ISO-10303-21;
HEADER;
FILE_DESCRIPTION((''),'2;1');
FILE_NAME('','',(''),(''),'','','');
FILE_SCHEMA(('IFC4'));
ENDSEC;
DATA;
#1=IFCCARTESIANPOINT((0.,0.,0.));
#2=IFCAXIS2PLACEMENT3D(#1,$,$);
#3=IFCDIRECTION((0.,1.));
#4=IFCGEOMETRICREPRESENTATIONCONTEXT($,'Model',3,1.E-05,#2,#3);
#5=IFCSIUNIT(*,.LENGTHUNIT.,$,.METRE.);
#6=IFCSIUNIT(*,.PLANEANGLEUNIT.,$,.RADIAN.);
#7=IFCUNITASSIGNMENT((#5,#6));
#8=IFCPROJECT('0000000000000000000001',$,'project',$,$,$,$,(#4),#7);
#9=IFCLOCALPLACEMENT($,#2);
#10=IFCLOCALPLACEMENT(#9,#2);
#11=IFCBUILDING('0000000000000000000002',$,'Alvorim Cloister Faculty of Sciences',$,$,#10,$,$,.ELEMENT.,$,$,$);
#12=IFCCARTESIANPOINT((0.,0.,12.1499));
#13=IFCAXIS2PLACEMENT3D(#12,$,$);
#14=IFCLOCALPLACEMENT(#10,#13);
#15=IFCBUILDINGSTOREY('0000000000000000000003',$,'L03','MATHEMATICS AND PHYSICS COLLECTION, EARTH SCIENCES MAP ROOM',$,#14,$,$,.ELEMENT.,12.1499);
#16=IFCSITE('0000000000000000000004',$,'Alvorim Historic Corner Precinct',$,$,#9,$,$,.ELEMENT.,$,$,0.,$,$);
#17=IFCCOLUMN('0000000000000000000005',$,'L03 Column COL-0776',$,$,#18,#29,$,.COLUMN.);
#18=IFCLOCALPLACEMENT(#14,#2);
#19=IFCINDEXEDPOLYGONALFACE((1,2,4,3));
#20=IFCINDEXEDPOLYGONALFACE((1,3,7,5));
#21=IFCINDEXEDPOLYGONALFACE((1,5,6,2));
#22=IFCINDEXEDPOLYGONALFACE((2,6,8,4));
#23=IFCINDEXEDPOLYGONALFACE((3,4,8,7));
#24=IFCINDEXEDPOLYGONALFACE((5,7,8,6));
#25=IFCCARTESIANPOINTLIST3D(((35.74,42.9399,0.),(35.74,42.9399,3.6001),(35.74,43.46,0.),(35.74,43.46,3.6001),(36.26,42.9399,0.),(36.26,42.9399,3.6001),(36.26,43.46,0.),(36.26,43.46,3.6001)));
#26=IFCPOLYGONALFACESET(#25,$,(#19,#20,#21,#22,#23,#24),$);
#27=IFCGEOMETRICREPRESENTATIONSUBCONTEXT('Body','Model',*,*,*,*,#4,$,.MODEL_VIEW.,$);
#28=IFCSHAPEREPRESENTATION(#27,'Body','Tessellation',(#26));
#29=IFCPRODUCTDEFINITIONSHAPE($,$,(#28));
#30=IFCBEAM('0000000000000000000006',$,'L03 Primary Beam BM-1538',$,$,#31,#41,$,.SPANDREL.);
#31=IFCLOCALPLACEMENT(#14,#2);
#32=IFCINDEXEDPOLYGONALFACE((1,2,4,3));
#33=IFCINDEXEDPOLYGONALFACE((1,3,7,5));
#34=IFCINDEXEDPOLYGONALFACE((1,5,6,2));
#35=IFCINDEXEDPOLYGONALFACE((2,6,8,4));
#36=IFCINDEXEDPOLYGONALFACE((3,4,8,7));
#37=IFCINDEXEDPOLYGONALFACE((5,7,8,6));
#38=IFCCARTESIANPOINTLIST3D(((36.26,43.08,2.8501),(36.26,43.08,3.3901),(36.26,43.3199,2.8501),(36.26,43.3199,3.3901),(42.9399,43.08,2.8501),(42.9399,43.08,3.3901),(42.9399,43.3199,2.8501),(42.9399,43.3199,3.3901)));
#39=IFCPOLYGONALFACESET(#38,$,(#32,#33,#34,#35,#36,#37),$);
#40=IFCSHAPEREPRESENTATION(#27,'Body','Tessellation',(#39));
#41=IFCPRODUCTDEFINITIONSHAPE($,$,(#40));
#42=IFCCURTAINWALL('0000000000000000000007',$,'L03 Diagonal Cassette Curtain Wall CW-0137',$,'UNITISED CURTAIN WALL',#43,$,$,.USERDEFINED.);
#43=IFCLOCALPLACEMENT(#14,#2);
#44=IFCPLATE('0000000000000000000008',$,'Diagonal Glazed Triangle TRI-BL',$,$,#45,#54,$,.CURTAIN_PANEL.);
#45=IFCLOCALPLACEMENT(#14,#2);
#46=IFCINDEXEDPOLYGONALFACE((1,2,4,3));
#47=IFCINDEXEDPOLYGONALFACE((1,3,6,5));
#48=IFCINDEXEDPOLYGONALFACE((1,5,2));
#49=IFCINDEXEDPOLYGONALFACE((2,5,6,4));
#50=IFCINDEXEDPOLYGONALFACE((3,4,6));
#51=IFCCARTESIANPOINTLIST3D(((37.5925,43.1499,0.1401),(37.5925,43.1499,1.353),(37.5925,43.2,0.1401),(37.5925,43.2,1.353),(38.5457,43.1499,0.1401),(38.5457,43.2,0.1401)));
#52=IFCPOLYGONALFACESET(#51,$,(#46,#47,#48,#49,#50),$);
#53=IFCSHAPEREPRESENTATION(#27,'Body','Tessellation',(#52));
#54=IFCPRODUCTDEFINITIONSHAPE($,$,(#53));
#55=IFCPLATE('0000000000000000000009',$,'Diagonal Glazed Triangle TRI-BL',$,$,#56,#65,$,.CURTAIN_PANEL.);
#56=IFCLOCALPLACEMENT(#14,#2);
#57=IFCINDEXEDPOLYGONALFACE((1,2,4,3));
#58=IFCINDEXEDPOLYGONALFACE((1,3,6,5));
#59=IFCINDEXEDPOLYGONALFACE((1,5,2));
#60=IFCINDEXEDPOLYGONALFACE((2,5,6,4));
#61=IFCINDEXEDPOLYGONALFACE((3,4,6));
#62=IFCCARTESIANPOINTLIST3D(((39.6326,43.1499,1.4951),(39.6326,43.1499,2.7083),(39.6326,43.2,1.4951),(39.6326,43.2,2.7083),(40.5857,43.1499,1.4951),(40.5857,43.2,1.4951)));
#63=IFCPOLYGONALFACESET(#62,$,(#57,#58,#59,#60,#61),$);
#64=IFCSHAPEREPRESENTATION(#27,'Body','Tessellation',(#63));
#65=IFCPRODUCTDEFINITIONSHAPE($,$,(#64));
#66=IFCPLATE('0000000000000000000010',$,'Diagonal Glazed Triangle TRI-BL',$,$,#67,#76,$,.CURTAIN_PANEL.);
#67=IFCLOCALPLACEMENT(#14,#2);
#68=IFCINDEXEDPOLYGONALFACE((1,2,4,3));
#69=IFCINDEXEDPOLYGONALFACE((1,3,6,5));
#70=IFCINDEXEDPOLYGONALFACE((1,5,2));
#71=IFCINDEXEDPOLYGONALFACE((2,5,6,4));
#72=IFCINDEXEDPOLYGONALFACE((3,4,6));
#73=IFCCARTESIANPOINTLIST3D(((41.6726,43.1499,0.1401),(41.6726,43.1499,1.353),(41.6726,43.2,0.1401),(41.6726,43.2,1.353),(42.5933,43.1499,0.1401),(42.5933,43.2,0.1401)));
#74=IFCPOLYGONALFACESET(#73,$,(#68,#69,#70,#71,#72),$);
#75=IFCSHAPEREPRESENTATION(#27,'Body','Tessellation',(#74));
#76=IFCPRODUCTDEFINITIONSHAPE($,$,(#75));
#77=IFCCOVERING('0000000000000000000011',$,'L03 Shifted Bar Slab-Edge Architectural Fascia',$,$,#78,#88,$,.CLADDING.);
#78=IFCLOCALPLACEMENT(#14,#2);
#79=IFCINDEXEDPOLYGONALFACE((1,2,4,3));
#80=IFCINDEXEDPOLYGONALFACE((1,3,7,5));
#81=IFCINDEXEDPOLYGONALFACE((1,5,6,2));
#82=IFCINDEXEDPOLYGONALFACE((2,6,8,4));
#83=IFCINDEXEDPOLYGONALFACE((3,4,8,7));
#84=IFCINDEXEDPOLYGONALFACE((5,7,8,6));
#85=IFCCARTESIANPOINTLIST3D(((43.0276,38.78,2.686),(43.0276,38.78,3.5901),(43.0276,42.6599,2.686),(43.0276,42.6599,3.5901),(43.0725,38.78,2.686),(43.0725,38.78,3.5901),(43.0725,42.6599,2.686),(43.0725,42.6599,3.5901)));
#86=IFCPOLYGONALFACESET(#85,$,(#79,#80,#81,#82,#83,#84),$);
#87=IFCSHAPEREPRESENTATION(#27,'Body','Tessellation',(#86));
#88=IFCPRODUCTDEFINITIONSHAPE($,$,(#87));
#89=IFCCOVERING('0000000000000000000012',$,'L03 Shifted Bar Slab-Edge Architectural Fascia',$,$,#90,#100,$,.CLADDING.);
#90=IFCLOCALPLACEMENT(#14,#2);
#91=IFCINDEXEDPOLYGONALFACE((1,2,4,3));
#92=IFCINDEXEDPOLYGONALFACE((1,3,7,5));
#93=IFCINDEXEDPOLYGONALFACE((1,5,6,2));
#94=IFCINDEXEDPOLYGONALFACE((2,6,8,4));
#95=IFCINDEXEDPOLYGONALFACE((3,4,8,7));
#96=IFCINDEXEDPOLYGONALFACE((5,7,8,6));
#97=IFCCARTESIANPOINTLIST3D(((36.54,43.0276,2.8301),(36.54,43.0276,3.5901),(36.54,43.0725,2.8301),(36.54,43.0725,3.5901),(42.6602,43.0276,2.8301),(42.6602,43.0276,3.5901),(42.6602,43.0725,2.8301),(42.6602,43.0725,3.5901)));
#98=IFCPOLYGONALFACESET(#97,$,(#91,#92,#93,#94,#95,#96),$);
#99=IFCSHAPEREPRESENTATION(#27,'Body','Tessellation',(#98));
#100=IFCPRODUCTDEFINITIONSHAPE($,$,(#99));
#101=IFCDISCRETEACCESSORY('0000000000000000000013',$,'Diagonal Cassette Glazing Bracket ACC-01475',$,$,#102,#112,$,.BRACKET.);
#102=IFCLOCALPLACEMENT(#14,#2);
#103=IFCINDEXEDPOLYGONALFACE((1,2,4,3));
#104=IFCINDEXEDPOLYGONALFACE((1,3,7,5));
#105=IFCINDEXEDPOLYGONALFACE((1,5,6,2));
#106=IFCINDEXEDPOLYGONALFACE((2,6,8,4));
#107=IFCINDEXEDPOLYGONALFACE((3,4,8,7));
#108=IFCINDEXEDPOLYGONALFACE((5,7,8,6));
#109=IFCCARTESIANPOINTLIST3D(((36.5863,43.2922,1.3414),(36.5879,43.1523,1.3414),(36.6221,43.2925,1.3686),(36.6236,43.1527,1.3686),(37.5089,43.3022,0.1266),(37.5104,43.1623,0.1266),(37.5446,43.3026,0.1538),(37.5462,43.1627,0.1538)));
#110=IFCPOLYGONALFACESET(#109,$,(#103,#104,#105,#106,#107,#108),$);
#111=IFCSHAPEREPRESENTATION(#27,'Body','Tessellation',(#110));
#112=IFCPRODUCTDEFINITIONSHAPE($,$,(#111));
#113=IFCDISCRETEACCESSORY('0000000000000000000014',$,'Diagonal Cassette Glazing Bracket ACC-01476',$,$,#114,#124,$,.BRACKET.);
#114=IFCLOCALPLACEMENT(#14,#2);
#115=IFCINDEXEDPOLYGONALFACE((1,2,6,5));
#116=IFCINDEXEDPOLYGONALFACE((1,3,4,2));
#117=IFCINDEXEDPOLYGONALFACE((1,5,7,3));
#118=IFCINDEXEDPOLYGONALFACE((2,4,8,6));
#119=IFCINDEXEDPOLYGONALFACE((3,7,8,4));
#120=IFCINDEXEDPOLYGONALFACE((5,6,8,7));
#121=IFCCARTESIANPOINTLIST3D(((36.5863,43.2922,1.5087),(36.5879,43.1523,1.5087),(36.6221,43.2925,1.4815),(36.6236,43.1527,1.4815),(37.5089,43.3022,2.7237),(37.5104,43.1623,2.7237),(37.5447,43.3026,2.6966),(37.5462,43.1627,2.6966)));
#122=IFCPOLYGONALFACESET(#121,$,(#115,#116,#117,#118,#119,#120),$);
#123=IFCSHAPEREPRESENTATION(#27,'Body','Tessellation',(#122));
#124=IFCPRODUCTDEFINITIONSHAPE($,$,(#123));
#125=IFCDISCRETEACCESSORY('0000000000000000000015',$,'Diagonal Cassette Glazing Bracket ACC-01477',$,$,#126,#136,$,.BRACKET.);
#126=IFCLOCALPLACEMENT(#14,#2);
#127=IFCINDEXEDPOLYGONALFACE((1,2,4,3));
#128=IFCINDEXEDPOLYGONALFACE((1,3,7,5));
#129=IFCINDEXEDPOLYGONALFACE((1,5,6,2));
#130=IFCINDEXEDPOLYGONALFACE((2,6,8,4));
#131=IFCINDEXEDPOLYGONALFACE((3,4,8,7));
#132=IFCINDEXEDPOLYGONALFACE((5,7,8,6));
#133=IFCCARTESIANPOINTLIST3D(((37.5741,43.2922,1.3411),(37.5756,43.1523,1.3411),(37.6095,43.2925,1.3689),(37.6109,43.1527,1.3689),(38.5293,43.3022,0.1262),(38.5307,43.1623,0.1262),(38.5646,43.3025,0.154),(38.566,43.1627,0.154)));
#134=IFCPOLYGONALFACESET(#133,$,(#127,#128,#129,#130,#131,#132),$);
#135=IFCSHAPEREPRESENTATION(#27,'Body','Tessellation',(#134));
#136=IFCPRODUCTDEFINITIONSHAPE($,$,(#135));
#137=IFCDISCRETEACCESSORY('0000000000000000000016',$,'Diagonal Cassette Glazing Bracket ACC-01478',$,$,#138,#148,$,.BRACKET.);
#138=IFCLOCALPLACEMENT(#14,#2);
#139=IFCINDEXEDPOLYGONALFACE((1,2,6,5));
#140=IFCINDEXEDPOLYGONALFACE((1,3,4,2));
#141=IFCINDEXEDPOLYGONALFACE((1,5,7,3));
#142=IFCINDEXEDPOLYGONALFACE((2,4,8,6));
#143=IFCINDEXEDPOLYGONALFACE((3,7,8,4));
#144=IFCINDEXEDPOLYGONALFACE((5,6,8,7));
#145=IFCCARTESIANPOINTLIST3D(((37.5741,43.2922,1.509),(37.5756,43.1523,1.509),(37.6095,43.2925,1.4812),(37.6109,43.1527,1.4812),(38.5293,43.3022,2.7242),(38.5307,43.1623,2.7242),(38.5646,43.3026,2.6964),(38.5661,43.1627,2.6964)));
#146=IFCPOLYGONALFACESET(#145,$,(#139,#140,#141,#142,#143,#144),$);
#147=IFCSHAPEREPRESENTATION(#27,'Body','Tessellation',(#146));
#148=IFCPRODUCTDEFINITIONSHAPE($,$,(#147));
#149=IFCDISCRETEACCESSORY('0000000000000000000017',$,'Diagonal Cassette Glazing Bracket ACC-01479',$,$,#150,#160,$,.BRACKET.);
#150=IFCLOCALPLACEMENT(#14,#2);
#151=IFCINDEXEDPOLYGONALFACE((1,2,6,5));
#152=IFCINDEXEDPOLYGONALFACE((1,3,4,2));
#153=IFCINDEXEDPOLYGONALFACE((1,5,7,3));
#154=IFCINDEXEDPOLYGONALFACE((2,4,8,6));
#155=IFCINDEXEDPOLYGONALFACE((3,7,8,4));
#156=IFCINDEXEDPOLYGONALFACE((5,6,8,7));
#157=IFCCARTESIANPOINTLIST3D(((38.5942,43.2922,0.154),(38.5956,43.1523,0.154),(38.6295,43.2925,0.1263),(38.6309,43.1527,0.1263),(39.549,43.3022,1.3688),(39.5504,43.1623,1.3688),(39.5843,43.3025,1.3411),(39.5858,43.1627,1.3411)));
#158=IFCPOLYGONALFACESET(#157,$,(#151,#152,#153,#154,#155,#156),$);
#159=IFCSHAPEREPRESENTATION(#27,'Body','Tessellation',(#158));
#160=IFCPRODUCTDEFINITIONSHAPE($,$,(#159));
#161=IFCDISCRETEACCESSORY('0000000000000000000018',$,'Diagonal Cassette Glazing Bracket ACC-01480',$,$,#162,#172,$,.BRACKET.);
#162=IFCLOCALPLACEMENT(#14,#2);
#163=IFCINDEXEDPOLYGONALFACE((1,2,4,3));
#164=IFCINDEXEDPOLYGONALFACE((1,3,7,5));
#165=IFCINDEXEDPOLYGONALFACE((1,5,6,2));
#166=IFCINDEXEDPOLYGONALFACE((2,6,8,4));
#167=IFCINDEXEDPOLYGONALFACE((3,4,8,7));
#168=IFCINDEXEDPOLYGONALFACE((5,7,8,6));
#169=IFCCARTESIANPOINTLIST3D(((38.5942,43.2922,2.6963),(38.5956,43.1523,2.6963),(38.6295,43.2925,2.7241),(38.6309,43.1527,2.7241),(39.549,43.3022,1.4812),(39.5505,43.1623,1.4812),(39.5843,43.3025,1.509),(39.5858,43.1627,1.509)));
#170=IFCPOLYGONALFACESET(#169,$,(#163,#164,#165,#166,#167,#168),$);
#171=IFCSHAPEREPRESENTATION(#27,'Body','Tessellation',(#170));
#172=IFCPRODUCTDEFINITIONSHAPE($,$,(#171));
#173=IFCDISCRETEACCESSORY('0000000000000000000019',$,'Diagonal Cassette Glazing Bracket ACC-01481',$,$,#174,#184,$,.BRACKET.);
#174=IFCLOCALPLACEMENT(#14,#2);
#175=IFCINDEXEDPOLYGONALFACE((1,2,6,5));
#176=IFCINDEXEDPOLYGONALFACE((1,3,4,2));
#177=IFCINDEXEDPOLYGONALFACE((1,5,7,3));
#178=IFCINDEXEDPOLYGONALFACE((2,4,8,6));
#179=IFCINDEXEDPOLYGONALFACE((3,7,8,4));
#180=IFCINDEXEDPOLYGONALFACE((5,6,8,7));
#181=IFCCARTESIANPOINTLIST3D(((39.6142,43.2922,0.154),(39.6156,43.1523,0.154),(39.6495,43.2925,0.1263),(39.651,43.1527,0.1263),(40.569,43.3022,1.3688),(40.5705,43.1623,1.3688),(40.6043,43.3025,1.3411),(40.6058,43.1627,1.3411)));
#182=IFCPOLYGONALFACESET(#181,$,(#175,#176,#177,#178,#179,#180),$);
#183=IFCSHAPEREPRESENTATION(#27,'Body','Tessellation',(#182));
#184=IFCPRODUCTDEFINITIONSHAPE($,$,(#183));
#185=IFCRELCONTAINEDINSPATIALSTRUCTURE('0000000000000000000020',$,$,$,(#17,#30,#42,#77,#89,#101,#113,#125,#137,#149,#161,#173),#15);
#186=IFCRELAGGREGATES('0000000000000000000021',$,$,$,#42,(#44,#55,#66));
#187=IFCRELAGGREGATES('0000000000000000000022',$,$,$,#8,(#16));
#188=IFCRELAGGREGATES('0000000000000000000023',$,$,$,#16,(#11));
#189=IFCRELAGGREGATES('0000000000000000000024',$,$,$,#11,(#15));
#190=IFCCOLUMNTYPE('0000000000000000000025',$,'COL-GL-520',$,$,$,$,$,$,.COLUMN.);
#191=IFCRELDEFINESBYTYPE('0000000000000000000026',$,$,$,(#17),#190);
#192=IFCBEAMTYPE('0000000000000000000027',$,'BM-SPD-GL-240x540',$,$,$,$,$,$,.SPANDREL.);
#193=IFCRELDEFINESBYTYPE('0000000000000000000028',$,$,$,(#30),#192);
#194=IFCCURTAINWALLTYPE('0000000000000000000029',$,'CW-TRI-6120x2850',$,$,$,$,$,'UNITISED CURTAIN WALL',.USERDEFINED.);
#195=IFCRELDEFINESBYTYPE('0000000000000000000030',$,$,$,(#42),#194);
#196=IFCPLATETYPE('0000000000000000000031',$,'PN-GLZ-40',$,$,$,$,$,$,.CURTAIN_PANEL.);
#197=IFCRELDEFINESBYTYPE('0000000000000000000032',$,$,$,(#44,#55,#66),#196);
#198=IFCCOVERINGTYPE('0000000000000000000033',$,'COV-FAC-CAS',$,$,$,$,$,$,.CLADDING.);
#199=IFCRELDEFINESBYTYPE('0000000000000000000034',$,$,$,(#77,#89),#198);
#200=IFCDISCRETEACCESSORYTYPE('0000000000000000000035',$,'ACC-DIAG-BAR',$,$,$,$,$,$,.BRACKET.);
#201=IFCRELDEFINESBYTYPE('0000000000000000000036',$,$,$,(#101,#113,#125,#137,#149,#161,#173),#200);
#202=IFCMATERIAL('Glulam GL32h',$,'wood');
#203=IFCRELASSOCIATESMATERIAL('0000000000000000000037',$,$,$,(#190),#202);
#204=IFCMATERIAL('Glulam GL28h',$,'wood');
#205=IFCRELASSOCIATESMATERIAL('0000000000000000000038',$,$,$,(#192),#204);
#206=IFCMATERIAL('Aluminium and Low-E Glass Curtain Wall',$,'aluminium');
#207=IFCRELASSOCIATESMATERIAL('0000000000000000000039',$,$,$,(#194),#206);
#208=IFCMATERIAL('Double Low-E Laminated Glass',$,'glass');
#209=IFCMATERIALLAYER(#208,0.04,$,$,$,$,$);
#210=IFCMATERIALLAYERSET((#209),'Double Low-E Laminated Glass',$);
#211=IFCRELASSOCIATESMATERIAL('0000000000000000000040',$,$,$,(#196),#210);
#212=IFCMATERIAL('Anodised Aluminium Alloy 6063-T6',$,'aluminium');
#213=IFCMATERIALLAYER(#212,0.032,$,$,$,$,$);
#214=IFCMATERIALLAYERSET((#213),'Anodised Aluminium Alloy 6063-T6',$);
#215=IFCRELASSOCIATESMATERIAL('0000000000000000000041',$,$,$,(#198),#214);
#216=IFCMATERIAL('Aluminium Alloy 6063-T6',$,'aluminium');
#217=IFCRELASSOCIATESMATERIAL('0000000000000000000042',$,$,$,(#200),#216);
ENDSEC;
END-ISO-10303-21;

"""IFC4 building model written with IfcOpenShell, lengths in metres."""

from ifc_helpers import new_model, si_unit, direction, frame, origin, origin_2d, place, context, subcontext, project, spatial, polyline, rectangle, outline, extrude, material, layer, layer_set, material_profile, profile_set, type_object, element, aggregate, save


model = new_model("IFC4")

# Units and contexts
model_context = context("Model", 3, precision=1e-05, world=origin(), true_north=direction((0.0, 1.0)))
body_context = subcontext(model_context, "Body", "Model", "MODEL_VIEW")
ifc_project = project(units=[si_unit("LENGTHUNIT", "METRE"), si_unit("PLANEANGLEUNIT", "RADIAN")], contexts=[model_context])

# Site, building, storey
site_placement = place(None, origin())
site = spatial("IfcSite", under=ifc_project, at=site_placement, Name="Alvorim Historic Corner Precinct", CompositionType="ELEMENT", RefElevation=0.0)
building_placement = place(site_placement, origin())
building = spatial("IfcBuilding", under=site, at=building_placement, Name="Alvorim Cloister Faculty of Sciences", CompositionType="ELEMENT")
storey_placement = place(building_placement, frame((0.0, 0.0, 12.1499)))
storey = spatial("IfcBuildingStorey", under=building, at=storey_placement, Name="L03", Description="MATHEMATICS AND PHYSICS COLLECTION, EARTH SCIENCES MAP ROOM", CompositionType="ELEMENT", Elevation=12.1499)

# Column
ifc_material_1 = material(Name="Glulam GL32h", Category="wood")
ifc_material_profile_1 = material_profile(ifc_material_1, rectangle(XDim=0.52, YDim=0.52, at=origin_2d()), Name="GL32-COL-520x520")
ifc_profile_set_1 = profile_set([ifc_material_profile_1], Name="Glulam GL32h")
column_type = type_object("IfcColumnType", Name="COL-GL-520", PredefinedType="COLUMN", material=ifc_profile_set_1)
column_placement = place(storey_placement, frame((36.0, 43.2, 0.0), z_axis=(0.0, 0.0, 1.0), x_axis=(1.0, 0.0, 0.0)))
element("IfcColumn", 1, at=column_placement, inside=storey, type_object=column_type, Name="L03 Column COL-0776", PredefinedType="COLUMN", context=body_context, shape_type="SweptSolid", body=[
    extrude(rectangle(XDim=0.52, YDim=0.52, at=origin_2d()), origin(), (0.0, 0.0, 1.0), 3.6001),
])

# Beam
ifc_material_2 = material(Name="Glulam GL28h", Category="wood")
ifc_material_profile_2 = material_profile(ifc_material_2, rectangle(XDim=0.24, YDim=0.54, at=origin_2d()), Name="GL28-SPD-240x540")
ifc_profile_set_2 = profile_set([ifc_material_profile_2], Name="Glulam GL28h")
beam_type = type_object("IfcBeamType", Name="BM-SPD-GL-240x540", PredefinedType="SPANDREL", material=ifc_profile_set_2)
beam_placement = place(storey_placement, frame((36.26, 43.2, 3.1201), z_axis=(1.0, 0.0, 0.0), x_axis=(0.0, 1.0, 0.0)))
element("IfcBeam", 2, at=beam_placement, inside=storey, type_object=beam_type, Name="L03 Primary Beam BM-1538", PredefinedType="SPANDREL", context=body_context, shape_type="SweptSolid", body=[
    extrude(rectangle(XDim=0.24, YDim=0.54, at=origin_2d()), origin(), (0.0, 0.0, 1.0), 6.6799),
])

# Curtain wall, plates
ifc_material_3 = material(Name="Aluminium and Low-E Glass Curtain Wall", Category="aluminium")
curtain_wall_type = type_object("IfcCurtainWallType", Name="CW-TRI-6120x2850", ElementType="UNITISED CURTAIN WALL", PredefinedType="USERDEFINED", material=ifc_material_3)
curtain_wall_placement = place(storey_placement, origin())
curtain_wall = element("IfcCurtainWall", 3, at=curtain_wall_placement, inside=storey, type_object=curtain_wall_type, Name="L03 Diagonal Cassette Curtain Wall CW-0137", ObjectType="UNITISED CURTAIN WALL", PredefinedType="USERDEFINED")
ifc_material_4 = material(Name="Double Low-E Laminated Glass", Category="glass")
ifc_layer_1 = layer(ifc_material_4, 0.04)
ifc_layer_set_1 = layer_set([ifc_layer_1], Name="Double Low-E Laminated Glass")
plate_type = type_object("IfcPlateType", Name="PN-GLZ-40", PredefinedType="CURTAIN_PANEL", material=ifc_layer_set_1)
plate_1_placement = place(storey_placement, frame((37.5925, 43.175, 0.1401), z_axis=(0.0, 0.0, 1.0), x_axis=(1.0, 0.0, 0.0)))
plate_1 = element("IfcPlate", 4, at=plate_1_placement, type_object=plate_type, Name="Diagonal Glazed Triangle TRI-BL", PredefinedType="CURTAIN_PANEL", context=body_context, shape_type="SweptSolid", body=[
    extrude(outline(polyline([(0.0, 0.0), (0.9531, 0.0), (0.0, 1.2129), (0.0, 0.0)])), frame((0.0, 0.0249, 0.0), z_axis=(0.0, -1.0, 0.0), x_axis=(1.0, 0.0, 0.0)), (0.0, 0.0, 1.0), 0.05),
])
plate_2_placement = place(storey_placement, frame((39.6326, 43.175, 1.4951), z_axis=(0.0, 0.0, 1.0), x_axis=(1.0, 0.0, 0.0)))
plate_2 = element("IfcPlate", 5, at=plate_2_placement, type_object=plate_type, Name="Diagonal Glazed Triangle TRI-BL", PredefinedType="CURTAIN_PANEL", context=body_context, shape_type="SweptSolid", body=[
    extrude(outline(polyline([(0.0, 0.0), (0.9531, 0.0), (0.0, 1.2131), (0.0, 0.0)])), frame((0.0, 0.0249, 0.0), z_axis=(0.0, -1.0, 0.0), x_axis=(1.0, 0.0, 0.0)), (0.0, 0.0, 1.0), 0.05),
])
plate_3_placement = place(storey_placement, frame((41.6726, 43.175, 0.1401), z_axis=(0.0, 0.0, 1.0), x_axis=(1.0, 0.0, 0.0)))
plate_3 = element("IfcPlate", 6, at=plate_3_placement, type_object=plate_type, Name="Diagonal Glazed Triangle TRI-BL", PredefinedType="CURTAIN_PANEL", context=body_context, shape_type="SweptSolid", body=[
    extrude(outline(polyline([(0.0, 0.0), (0.9207, 0.0), (0.0, 1.2129), (0.0, 0.0)])), frame((0.0, 0.0249, 0.0), z_axis=(0.0, -1.0, 0.0), x_axis=(1.0, 0.0, 0.0)), (0.0, 0.0, 1.0), 0.05),
])
aggregate(curtain_wall, [plate_1, plate_2, plate_3])

# Coverings
ifc_material_5 = material(Name="Anodised Aluminium Alloy 6063-T6", Category="aluminium")
ifc_layer_2 = layer(ifc_material_5, 0.032)
ifc_layer_set_2 = layer_set([ifc_layer_2], Name="Anodised Aluminium Alloy 6063-T6")
covering_type = type_object("IfcCoveringType", Name="COV-FAC-CAS", PredefinedType="CLADDING", material=ifc_layer_set_2)
covering_1_placement = place(storey_placement, frame((43.05, 38.78, 2.686), z_axis=(0.0, 0.0, 1.0), x_axis=(0.0, 1.0, 0.0)))
element("IfcCovering", 7, at=covering_1_placement, inside=storey, type_object=covering_type, Name="L03 Shifted Bar Slab-Edge Architectural Fascia", PredefinedType="CLADDING", context=body_context, shape_type="SweptSolid", body=[
    extrude(outline(polyline([(0.0, 0.0), (3.8799, 0.0), (3.8799, 0.9041), (0.0, 0.9041), (0.0, 0.0)])), frame((0.0, 0.0225, 0.0), z_axis=(0.0, -1.0, 0.0), x_axis=(1.0, 0.0, 0.0)), (0.0, 0.0, 1.0), 0.0449),
])
covering_2_placement = place(storey_placement, frame((36.54, 43.05, 2.8301), z_axis=(0.0, 0.0, 1.0), x_axis=(1.0, 0.0, 0.0)))
element("IfcCovering", 8, at=covering_2_placement, inside=storey, type_object=covering_type, Name="L03 Shifted Bar Slab-Edge Architectural Fascia", PredefinedType="CLADDING", context=body_context, shape_type="SweptSolid", body=[
    extrude(outline(polyline([(0.0, 0.0), (6.1201, 0.0), (6.1201, 0.76), (0.0, 0.76), (0.0, 0.0)])), frame((0.0, 0.0225, 0.0), z_axis=(0.0, -1.0, 0.0), x_axis=(1.0, 0.0, 0.0)), (0.0, 0.0, 1.0), 0.0449),
])

# Discrete accessories
ifc_material_6 = material(Name="Aluminium Alloy 6063-T6", Category="aluminium")
discrete_accessory_type = type_object("IfcDiscreteAccessoryType", Name="ACC-DIAG-BAR", PredefinedType="BRACKET", material=ifc_material_6)
discrete_accessory_1_placement = place(storey_placement, frame((36.605, 43.2224, 1.355), z_axis=(0.60479, 0.006562, -0.796358), x_axis=(-0.010849, 0.999941, 0.0)))
element("IfcDiscreteAccessory", 9, at=discrete_accessory_1_placement, inside=storey, type_object=discrete_accessory_type, Name="Diagonal Cassette Glazing Bracket ACC-01475", PredefinedType="BRACKET", context=body_context, shape_type="SweptSolid", body=[
    extrude(rectangle(XDim=0.1399, YDim=0.0449, at=origin_2d()), origin(), (0.0, 0.0, 1.0), 1.5254),
])
discrete_accessory_2_placement = place(storey_placement, frame((36.605, 43.2224, 1.4951), z_axis=(0.604713, 0.006561, 0.796416), x_axis=(-0.010849, 0.999941, 0.0)))
element("IfcDiscreteAccessory", 10, at=discrete_accessory_2_placement, inside=storey, type_object=discrete_accessory_type, Name="Diagonal Cassette Glazing Bracket ACC-01476", PredefinedType="BRACKET", context=body_context, shape_type="SweptSolid", body=[
    extrude(rectangle(XDim=0.1399, YDim=0.0449, at=origin_2d()), origin(), (0.0, 0.0, 1.0), 1.5256),
])
discrete_accessory_3_placement = place(storey_placement, frame((37.5925, 43.2224, 1.355), z_axis=(0.618032, 0.006477, -0.786126), x_axis=(-0.01048, 0.999945, 0.0)))
element("IfcDiscreteAccessory", 11, at=discrete_accessory_3_placement, inside=storey, type_object=discrete_accessory_type, Name="Diagonal Cassette Glazing Bracket ACC-01477", PredefinedType="BRACKET", context=body_context, shape_type="SweptSolid", body=[
    extrude(rectangle(XDim=0.1399, YDim=0.0449, at=origin_2d()), origin(), (0.0, 0.0, 1.0), 1.5454),
])
discrete_accessory_4_placement = place(storey_placement, frame((37.5925, 43.2224, 1.4951), z_axis=(0.617955, 0.006477, 0.786187), x_axis=(-0.01048, 0.999945, 0.0)))
element("IfcDiscreteAccessory", 12, at=discrete_accessory_4_placement, inside=storey, type_object=discrete_accessory_type, Name="Diagonal Cassette Glazing Bracket ACC-01478", PredefinedType="BRACKET", context=body_context, shape_type="SweptSolid", body=[
    extrude(rectangle(XDim=0.1399, YDim=0.0449, at=origin_2d()), origin(), (0.0, 0.0, 1.0), 1.5457),
])
discrete_accessory_5_placement = place(storey_placement, frame((38.6125, 43.2224, 0.1401), z_axis=(0.617934, 0.006478, 0.786203), x_axis=(-0.010483, 0.999945, 0.0)))
element("IfcDiscreteAccessory", 13, at=discrete_accessory_5_placement, inside=storey, type_object=discrete_accessory_type, Name="Diagonal Cassette Glazing Bracket ACC-01479", PredefinedType="BRACKET", context=body_context, shape_type="SweptSolid", body=[
    extrude(rectangle(XDim=0.1399, YDim=0.0449, at=origin_2d()), origin(), (0.0, 0.0, 1.0), 1.5452),
])
discrete_accessory_6_placement = place(storey_placement, frame((38.6125, 43.2224, 2.7102), z_axis=(0.617857, 0.006477, -0.786263), x_axis=(-0.010483, 0.999945, 0.0)))
element("IfcDiscreteAccessory", 14, at=discrete_accessory_6_placement, inside=storey, type_object=discrete_accessory_type, Name="Diagonal Cassette Glazing Bracket ACC-01480", PredefinedType="BRACKET", context=body_context, shape_type="SweptSolid", body=[
    extrude(rectangle(XDim=0.1399, YDim=0.0449, at=origin_2d()), origin(), (0.0, 0.0, 1.0), 1.5454),
])
discrete_accessory_7_placement = place(storey_placement, frame((39.6326, 43.2224, 0.1401), z_axis=(0.617934, 0.006478, 0.786203), x_axis=(-0.010483, 0.999945, 0.0)))
element("IfcDiscreteAccessory", 15, at=discrete_accessory_7_placement, inside=storey, type_object=discrete_accessory_type, Name="Diagonal Cassette Glazing Bracket ACC-01481", PredefinedType="BRACKET", context=body_context, shape_type="SweptSolid", body=[
    extrude(rectangle(XDim=0.1399, YDim=0.0449, at=origin_2d()), origin(), (0.0, 0.0, 1.0), 1.5452),
])

save(model, "model.ifc")
